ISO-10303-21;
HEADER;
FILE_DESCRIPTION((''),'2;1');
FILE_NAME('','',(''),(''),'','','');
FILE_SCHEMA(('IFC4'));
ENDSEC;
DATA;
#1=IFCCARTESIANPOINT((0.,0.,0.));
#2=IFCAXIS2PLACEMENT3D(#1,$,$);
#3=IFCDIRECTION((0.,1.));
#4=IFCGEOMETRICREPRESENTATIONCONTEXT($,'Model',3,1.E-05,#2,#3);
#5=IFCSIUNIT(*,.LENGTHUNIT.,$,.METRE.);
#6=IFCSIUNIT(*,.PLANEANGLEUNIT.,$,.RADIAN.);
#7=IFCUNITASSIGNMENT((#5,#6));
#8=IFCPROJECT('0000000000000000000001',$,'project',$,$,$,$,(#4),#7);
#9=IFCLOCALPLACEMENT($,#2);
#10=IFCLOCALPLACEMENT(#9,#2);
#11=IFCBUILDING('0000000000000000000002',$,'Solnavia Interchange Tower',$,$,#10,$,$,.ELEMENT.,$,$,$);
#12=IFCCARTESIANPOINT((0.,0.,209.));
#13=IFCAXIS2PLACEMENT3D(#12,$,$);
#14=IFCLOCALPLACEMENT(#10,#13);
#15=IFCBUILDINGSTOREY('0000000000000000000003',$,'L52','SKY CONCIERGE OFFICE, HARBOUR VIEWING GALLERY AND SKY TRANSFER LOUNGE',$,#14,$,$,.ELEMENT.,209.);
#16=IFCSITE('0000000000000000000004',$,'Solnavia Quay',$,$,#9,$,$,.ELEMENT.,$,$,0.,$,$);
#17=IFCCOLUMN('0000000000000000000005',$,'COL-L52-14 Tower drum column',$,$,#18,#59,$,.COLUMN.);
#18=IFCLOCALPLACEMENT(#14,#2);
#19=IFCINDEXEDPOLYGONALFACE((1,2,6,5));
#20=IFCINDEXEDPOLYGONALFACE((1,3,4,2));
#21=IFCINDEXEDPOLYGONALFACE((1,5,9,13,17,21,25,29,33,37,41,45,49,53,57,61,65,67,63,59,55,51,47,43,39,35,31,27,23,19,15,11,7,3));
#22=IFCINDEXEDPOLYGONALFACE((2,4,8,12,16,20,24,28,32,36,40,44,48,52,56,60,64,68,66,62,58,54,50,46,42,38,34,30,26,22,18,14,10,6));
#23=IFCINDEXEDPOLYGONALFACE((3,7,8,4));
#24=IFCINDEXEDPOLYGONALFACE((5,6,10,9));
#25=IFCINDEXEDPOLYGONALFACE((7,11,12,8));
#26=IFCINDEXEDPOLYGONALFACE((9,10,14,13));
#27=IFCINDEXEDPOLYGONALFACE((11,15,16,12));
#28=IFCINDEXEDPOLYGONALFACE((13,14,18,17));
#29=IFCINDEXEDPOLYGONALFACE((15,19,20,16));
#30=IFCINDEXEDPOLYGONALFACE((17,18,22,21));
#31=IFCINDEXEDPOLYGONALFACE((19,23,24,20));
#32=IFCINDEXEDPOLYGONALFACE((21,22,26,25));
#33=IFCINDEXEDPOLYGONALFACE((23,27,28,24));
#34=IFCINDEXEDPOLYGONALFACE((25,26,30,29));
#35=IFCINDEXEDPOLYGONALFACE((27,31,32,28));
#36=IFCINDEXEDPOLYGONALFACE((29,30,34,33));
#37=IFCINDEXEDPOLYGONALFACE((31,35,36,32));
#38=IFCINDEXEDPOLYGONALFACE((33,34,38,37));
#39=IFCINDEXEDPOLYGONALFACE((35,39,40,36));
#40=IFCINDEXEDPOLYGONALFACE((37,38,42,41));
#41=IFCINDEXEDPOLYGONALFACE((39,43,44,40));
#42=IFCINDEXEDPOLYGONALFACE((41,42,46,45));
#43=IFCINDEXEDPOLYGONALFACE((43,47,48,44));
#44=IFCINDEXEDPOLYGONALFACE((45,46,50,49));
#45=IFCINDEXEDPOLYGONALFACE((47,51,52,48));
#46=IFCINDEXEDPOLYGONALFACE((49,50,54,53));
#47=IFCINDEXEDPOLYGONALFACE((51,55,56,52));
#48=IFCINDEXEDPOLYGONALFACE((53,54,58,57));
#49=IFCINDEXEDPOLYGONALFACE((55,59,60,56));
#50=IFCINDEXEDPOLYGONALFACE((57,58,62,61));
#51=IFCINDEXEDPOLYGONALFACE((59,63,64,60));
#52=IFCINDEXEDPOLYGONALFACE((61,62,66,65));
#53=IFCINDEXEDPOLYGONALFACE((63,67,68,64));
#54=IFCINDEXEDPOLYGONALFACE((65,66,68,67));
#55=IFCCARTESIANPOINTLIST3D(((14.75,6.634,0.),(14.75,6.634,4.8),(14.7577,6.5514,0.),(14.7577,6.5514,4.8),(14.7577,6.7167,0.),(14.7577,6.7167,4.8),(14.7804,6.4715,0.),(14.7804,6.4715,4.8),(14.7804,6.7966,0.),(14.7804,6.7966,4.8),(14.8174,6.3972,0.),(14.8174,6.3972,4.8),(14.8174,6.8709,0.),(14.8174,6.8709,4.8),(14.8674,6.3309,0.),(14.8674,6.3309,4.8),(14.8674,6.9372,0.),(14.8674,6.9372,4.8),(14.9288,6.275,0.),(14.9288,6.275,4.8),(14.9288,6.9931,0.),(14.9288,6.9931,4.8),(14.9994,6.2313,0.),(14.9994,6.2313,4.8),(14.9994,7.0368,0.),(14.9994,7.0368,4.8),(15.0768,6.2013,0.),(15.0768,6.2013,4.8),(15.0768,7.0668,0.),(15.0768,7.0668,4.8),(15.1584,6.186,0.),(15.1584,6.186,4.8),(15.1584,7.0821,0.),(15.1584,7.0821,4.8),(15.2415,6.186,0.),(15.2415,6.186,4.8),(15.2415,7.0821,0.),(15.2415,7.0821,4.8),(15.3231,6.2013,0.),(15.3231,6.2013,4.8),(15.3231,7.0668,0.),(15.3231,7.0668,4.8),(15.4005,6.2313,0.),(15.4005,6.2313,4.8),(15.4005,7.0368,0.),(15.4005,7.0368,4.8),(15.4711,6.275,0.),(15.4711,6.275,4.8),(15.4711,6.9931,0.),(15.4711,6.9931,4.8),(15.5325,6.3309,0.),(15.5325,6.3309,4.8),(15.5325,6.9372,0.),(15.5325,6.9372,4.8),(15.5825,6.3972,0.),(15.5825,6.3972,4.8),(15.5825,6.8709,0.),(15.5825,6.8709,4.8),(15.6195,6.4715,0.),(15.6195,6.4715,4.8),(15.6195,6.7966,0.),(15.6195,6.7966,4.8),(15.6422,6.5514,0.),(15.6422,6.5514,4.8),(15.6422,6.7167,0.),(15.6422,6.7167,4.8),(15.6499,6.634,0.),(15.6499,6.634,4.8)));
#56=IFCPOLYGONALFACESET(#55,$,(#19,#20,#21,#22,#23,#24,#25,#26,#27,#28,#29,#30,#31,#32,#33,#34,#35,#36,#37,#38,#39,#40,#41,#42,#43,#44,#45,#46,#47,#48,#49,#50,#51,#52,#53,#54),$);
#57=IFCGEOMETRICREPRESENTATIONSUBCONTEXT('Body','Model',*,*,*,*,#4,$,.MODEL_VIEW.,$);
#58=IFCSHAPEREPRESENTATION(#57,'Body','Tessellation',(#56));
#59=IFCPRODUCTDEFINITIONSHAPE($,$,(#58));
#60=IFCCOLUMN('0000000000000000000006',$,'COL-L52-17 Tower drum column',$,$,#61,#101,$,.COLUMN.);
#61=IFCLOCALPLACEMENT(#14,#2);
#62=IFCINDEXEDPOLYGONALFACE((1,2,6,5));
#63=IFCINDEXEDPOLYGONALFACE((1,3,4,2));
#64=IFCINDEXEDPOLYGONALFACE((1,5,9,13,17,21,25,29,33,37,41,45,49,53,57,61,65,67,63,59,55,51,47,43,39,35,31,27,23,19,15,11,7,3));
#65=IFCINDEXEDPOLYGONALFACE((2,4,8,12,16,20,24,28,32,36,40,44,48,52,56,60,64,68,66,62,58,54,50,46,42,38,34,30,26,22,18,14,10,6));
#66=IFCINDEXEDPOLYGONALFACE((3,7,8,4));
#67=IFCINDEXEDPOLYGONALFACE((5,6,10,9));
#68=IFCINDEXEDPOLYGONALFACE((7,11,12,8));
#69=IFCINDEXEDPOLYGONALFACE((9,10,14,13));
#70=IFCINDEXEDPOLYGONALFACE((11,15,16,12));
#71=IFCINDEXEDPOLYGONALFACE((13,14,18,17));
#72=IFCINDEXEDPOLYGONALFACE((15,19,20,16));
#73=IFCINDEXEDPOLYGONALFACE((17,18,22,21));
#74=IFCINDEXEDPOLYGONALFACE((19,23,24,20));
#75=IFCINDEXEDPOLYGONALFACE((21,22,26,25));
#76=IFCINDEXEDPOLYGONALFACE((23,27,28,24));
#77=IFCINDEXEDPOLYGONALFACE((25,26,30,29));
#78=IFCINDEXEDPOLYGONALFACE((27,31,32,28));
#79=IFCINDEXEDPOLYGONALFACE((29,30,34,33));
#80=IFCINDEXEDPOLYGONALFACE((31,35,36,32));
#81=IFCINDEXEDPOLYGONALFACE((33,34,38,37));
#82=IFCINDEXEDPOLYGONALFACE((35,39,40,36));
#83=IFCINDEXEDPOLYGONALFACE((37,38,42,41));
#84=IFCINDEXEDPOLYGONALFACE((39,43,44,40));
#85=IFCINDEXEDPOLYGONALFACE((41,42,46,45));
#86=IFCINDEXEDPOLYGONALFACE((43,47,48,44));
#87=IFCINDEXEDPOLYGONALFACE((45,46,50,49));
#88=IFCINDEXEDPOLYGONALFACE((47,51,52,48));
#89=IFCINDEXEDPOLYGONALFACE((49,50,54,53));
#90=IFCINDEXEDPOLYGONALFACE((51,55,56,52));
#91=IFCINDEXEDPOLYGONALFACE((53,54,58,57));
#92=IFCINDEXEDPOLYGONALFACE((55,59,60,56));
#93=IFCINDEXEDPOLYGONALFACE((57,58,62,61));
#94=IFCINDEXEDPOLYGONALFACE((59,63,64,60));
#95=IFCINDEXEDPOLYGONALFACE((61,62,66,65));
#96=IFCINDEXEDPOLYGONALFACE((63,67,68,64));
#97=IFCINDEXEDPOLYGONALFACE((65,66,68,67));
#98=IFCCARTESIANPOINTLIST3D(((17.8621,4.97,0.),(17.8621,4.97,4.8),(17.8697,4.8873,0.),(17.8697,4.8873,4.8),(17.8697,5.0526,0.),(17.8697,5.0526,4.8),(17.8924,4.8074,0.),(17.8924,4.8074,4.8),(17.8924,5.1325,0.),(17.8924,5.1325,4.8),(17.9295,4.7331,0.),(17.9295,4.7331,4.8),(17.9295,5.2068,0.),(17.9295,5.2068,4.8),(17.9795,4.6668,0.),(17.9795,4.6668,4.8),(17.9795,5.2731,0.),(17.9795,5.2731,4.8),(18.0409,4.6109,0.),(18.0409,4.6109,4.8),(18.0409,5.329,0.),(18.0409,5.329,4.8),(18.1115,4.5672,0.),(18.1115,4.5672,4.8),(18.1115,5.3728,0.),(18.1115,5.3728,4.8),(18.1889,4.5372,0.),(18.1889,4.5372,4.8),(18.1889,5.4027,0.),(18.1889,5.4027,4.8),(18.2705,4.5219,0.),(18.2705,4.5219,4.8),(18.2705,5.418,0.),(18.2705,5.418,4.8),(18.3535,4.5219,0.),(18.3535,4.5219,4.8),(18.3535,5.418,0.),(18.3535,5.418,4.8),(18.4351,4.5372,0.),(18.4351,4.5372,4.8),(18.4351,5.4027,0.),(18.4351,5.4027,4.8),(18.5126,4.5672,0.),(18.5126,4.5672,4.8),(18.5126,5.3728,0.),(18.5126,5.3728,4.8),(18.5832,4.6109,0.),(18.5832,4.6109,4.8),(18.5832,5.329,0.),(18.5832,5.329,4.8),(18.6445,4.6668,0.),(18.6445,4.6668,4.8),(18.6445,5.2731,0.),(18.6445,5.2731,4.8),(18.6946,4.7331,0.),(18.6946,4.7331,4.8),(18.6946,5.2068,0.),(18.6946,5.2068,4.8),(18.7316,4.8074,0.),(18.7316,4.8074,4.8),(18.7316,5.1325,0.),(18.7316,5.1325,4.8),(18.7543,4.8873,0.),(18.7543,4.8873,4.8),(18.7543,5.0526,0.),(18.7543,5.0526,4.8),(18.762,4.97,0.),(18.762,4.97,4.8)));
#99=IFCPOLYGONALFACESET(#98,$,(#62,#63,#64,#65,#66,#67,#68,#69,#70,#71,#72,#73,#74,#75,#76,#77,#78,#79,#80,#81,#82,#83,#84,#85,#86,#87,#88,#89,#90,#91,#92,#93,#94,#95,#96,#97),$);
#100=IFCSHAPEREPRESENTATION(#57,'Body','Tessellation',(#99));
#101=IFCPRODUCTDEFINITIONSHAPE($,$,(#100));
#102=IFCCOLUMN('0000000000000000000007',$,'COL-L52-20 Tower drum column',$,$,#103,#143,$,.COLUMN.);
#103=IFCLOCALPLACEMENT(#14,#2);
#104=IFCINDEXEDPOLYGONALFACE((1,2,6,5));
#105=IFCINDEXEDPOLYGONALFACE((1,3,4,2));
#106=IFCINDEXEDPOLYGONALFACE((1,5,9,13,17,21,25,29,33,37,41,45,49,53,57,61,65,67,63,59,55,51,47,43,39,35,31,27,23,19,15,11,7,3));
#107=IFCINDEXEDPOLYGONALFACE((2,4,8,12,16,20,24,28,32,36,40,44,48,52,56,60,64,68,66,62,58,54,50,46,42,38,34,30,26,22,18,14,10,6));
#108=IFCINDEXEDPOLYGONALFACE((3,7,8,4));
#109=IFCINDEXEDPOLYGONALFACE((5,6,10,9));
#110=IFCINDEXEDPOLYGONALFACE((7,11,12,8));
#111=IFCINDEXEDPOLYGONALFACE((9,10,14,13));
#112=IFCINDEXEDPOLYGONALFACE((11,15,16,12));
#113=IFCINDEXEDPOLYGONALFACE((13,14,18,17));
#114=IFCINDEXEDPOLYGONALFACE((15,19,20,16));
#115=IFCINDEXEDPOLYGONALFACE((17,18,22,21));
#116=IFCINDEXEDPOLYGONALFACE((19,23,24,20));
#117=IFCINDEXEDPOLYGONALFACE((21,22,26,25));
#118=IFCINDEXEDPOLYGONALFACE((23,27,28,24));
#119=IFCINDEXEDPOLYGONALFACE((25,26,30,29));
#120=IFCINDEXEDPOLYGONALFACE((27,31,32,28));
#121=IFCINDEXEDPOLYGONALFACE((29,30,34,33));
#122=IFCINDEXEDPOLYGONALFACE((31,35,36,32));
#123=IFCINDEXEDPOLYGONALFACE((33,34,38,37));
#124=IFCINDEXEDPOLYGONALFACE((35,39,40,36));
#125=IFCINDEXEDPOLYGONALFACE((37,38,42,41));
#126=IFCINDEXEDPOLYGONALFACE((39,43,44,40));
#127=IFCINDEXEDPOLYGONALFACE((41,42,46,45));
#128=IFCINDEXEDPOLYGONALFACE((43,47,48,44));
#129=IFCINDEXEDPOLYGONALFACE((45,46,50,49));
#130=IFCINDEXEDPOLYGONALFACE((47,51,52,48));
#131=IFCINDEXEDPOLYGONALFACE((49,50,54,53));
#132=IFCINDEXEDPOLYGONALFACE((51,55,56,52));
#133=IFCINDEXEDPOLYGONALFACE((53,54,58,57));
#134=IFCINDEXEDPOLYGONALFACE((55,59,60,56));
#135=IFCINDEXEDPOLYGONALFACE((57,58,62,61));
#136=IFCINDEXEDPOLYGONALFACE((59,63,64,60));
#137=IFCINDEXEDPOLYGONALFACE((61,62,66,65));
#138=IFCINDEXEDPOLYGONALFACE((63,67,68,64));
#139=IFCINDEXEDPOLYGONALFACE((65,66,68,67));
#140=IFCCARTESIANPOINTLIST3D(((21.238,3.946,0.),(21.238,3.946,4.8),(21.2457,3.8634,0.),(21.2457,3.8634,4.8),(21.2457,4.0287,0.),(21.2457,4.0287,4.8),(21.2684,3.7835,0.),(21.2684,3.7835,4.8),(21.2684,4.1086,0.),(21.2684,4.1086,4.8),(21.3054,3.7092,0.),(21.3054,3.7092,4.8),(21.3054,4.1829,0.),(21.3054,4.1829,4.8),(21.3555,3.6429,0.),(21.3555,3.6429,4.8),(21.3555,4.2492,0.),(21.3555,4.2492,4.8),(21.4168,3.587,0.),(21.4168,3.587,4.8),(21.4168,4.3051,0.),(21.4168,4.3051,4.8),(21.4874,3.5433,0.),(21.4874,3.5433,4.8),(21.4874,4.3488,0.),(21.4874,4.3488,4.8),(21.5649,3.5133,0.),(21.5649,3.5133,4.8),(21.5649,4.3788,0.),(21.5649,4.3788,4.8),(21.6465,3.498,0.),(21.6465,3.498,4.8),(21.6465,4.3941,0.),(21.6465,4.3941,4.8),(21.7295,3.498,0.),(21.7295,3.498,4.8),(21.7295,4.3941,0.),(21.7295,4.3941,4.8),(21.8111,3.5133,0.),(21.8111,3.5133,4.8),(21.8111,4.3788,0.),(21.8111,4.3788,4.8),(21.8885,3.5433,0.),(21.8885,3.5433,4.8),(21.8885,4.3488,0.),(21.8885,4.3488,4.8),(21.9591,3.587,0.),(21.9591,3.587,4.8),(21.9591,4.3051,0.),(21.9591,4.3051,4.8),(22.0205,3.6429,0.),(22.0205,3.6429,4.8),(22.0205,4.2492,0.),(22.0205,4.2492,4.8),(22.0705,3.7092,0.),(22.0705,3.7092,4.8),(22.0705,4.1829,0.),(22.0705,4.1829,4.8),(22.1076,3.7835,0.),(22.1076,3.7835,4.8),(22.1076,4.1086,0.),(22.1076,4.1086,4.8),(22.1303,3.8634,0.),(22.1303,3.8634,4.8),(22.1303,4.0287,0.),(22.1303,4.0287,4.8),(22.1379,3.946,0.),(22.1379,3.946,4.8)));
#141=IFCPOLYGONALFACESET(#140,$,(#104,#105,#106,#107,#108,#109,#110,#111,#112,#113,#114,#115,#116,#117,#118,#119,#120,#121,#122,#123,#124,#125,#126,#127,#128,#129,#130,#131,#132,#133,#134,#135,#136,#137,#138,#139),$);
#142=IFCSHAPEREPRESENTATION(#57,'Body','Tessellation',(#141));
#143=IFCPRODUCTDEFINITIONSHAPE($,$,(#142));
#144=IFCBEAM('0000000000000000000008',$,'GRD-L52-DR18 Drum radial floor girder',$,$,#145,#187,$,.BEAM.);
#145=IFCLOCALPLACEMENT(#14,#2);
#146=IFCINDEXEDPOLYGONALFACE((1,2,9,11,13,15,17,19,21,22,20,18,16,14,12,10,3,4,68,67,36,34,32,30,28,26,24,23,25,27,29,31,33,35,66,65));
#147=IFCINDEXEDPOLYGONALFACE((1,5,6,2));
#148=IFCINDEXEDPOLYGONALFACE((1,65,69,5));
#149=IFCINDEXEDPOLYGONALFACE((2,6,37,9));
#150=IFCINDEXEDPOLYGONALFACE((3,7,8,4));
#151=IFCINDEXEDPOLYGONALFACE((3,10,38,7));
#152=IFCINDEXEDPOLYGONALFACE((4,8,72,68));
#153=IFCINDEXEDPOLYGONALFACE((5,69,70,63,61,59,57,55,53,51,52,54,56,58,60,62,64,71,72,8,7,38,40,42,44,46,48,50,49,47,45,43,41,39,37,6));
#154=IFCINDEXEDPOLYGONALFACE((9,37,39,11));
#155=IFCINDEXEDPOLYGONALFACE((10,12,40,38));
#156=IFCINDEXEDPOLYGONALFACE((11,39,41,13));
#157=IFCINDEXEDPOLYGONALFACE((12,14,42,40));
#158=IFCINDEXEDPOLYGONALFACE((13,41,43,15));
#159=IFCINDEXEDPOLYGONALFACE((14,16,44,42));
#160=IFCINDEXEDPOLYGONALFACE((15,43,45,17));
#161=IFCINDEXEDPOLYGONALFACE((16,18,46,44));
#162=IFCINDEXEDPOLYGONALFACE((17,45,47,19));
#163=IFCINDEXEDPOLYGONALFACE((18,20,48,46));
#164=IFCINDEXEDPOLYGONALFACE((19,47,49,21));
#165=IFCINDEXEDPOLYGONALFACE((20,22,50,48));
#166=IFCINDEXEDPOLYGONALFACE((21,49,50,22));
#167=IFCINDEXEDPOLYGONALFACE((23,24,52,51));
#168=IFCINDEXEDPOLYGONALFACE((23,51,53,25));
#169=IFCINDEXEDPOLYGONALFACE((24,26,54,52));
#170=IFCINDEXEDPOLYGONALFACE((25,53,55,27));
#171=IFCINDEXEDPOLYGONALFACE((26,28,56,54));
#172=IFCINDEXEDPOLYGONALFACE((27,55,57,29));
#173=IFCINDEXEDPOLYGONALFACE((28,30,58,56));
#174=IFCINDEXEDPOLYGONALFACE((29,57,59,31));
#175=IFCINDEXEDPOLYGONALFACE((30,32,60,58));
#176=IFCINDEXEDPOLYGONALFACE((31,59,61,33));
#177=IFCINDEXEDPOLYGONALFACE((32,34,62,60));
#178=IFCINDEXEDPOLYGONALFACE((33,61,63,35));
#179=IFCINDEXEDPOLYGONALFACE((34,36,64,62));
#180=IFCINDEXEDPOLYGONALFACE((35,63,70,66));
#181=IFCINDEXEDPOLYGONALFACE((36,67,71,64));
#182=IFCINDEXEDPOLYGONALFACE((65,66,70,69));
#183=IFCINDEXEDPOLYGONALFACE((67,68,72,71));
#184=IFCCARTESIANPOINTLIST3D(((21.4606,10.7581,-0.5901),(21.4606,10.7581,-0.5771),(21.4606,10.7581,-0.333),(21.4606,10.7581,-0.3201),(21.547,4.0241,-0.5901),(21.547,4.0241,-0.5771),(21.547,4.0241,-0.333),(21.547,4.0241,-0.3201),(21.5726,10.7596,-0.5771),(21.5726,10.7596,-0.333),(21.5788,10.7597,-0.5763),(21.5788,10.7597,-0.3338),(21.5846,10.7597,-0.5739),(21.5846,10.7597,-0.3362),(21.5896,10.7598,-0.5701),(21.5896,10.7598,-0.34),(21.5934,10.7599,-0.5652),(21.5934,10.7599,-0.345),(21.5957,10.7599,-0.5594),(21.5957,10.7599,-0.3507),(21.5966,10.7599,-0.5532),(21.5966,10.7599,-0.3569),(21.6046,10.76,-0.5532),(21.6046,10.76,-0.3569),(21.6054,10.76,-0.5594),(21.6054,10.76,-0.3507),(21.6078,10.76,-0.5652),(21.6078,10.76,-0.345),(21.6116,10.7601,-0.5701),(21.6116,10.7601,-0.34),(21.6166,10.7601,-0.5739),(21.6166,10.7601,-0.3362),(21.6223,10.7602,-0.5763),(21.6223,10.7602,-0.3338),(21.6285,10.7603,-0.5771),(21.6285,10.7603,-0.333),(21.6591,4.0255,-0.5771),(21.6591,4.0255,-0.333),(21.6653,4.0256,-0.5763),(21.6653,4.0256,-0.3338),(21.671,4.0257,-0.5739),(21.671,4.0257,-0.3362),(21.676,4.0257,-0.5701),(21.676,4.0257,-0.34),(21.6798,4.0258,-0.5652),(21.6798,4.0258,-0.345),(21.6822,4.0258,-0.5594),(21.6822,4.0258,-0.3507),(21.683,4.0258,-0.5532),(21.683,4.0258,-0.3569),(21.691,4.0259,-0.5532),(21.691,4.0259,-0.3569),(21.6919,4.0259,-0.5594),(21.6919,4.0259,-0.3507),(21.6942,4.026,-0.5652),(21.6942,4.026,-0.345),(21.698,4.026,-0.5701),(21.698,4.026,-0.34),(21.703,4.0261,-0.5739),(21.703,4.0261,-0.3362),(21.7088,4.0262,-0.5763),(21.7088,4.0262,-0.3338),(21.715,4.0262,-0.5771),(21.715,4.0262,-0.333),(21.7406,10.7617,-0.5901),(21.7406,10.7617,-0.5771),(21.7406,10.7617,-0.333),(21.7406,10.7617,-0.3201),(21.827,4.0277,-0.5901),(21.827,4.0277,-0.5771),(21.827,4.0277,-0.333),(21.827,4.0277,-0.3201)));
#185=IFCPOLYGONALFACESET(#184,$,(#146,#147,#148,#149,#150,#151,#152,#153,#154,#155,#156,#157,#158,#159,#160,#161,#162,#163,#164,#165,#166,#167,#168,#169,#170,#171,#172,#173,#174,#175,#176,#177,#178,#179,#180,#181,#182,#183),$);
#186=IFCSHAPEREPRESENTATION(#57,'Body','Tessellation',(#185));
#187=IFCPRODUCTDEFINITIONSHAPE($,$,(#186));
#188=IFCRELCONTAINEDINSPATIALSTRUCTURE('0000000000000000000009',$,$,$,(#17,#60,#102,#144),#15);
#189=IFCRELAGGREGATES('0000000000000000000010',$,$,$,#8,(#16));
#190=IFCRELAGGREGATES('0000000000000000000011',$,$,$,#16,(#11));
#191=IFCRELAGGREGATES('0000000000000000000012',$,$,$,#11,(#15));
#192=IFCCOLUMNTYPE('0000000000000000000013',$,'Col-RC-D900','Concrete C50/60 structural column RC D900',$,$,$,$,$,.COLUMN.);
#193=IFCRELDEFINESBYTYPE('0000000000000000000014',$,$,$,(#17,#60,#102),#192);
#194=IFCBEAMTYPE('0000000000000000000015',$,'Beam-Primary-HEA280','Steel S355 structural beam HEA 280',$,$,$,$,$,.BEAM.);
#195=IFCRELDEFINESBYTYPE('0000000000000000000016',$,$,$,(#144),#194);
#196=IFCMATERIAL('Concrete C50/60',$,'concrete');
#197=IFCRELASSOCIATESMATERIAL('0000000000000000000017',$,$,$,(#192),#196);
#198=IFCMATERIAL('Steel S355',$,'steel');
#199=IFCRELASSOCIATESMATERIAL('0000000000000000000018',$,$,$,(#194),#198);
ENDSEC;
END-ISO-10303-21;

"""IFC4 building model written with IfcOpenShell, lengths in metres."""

from ifc_helpers import new_model, si_unit, direction, frame, origin, origin_2d, place, context, subcontext, project, spatial, circle, i_section, extrude, material, material_profile, profile_set, type_object, element, save


model = new_model("IFC4")

# Units and contexts
model_context = context("Model", 3, precision=1e-05, world=origin(), true_north=direction((0.0, 1.0)))
body_context = subcontext(model_context, "Body", "Model", "MODEL_VIEW")
ifc_project = project(units=[si_unit("LENGTHUNIT", "METRE"), si_unit("PLANEANGLEUNIT", "RADIAN")], contexts=[model_context])

# Site, building, storey
site_placement = place(None, origin())
site = spatial("IfcSite", under=ifc_project, at=site_placement, Name="Solnavia Quay", CompositionType="ELEMENT", RefElevation=0.0)
building_placement = place(site_placement, origin())
building = spatial("IfcBuilding", under=site, at=building_placement, Name="Solnavia Interchange Tower", CompositionType="ELEMENT")
storey_placement = place(building_placement, frame((0.0, 0.0, 209.0)))
storey = spatial("IfcBuildingStorey", under=building, at=storey_placement, Name="L52", Description="SKY CONCIERGE OFFICE, HARBOUR VIEWING GALLERY AND SKY TRANSFER LOUNGE", CompositionType="ELEMENT", Elevation=209.0)

# Columns
ifc_material_1 = material(Name="Concrete C50/60", Category="concrete")
ifc_material_profile_1 = material_profile(ifc_material_1, circle(Radius=0.45, at=origin_2d()), Name="RC D900")
ifc_profile_set_1 = profile_set([ifc_material_profile_1], Name="Concrete C50/60")
column_type = type_object("IfcColumnType", Name="Col-RC-D900", Description="Concrete C50/60 structural column RC D900", PredefinedType="COLUMN", material=ifc_profile_set_1)
for number, where, z_axis, x_axis, name in (
    (1, (15.2, 6.634, 0.0), (0.0, 0.0, 1.0), (1.0, 0.0, 0.0), "COL-L52-14 Tower drum column"),
    (2, (18.312, 4.97, 0.0), (0.0, 0.0, 1.0), (1.0, 0.0, 0.0), "COL-L52-17 Tower drum column"),
    (3, (21.688, 3.946, 0.0), (0.0, 0.0, 1.0), (1.0, 0.0, 0.0), "COL-L52-20 Tower drum column"),
):
    element("IfcColumn", number, at=place(storey_placement, frame(where, z_axis=z_axis, x_axis=x_axis)), inside=storey, type_object=column_type, Name=name, PredefinedType="COLUMN", context=body_context, shape_type="SweptSolid", body=[
        extrude(circle(Radius=0.45, at=origin_2d()), origin(), (0.0, 0.0, 1.0), 4.8),
    ])

# Beam
ifc_material_2 = material(Name="Steel S355", Category="steel")
ifc_material_profile_2 = material_profile(ifc_material_2, i_section(OverallWidth=0.28, OverallDepth=0.27, WebThickness=0.0081, FlangeThickness=0.0129, FilletRadius=0.0239, at=origin_2d()), Name="HEA 280")
ifc_profile_set_2 = profile_set([ifc_material_profile_2], Name="Steel S355")
beam_type_1 = type_object("IfcBeamType", Name="Beam-Primary-HEA280", Description="Steel S355 structural beam HEA 280", PredefinedType="BEAM", material=ifc_profile_set_2)
beam_1_placement = place(storey_placement, frame((21.687, 4.0259, -0.4551), z_axis=(-0.012833, 0.999918, 0.0), x_axis=(-0.999918, -0.012833, 0.0)))
element("IfcBeam", 4, at=beam_1_placement, inside=storey, type_object=beam_type_1, Name="GRD-L52-DR18 Drum radial floor girder", PredefinedType="BEAM", context=body_context, shape_type="SweptSolid", body=[
    extrude(i_section(OverallWidth=0.28, OverallDepth=0.27, WebThickness=0.0081, FlangeThickness=0.0129, FilletRadius=0.0239, at=origin_2d()), origin(), (0.0, 0.0, 1.0), 6.7346),
])

save(model, "model.ifc")
